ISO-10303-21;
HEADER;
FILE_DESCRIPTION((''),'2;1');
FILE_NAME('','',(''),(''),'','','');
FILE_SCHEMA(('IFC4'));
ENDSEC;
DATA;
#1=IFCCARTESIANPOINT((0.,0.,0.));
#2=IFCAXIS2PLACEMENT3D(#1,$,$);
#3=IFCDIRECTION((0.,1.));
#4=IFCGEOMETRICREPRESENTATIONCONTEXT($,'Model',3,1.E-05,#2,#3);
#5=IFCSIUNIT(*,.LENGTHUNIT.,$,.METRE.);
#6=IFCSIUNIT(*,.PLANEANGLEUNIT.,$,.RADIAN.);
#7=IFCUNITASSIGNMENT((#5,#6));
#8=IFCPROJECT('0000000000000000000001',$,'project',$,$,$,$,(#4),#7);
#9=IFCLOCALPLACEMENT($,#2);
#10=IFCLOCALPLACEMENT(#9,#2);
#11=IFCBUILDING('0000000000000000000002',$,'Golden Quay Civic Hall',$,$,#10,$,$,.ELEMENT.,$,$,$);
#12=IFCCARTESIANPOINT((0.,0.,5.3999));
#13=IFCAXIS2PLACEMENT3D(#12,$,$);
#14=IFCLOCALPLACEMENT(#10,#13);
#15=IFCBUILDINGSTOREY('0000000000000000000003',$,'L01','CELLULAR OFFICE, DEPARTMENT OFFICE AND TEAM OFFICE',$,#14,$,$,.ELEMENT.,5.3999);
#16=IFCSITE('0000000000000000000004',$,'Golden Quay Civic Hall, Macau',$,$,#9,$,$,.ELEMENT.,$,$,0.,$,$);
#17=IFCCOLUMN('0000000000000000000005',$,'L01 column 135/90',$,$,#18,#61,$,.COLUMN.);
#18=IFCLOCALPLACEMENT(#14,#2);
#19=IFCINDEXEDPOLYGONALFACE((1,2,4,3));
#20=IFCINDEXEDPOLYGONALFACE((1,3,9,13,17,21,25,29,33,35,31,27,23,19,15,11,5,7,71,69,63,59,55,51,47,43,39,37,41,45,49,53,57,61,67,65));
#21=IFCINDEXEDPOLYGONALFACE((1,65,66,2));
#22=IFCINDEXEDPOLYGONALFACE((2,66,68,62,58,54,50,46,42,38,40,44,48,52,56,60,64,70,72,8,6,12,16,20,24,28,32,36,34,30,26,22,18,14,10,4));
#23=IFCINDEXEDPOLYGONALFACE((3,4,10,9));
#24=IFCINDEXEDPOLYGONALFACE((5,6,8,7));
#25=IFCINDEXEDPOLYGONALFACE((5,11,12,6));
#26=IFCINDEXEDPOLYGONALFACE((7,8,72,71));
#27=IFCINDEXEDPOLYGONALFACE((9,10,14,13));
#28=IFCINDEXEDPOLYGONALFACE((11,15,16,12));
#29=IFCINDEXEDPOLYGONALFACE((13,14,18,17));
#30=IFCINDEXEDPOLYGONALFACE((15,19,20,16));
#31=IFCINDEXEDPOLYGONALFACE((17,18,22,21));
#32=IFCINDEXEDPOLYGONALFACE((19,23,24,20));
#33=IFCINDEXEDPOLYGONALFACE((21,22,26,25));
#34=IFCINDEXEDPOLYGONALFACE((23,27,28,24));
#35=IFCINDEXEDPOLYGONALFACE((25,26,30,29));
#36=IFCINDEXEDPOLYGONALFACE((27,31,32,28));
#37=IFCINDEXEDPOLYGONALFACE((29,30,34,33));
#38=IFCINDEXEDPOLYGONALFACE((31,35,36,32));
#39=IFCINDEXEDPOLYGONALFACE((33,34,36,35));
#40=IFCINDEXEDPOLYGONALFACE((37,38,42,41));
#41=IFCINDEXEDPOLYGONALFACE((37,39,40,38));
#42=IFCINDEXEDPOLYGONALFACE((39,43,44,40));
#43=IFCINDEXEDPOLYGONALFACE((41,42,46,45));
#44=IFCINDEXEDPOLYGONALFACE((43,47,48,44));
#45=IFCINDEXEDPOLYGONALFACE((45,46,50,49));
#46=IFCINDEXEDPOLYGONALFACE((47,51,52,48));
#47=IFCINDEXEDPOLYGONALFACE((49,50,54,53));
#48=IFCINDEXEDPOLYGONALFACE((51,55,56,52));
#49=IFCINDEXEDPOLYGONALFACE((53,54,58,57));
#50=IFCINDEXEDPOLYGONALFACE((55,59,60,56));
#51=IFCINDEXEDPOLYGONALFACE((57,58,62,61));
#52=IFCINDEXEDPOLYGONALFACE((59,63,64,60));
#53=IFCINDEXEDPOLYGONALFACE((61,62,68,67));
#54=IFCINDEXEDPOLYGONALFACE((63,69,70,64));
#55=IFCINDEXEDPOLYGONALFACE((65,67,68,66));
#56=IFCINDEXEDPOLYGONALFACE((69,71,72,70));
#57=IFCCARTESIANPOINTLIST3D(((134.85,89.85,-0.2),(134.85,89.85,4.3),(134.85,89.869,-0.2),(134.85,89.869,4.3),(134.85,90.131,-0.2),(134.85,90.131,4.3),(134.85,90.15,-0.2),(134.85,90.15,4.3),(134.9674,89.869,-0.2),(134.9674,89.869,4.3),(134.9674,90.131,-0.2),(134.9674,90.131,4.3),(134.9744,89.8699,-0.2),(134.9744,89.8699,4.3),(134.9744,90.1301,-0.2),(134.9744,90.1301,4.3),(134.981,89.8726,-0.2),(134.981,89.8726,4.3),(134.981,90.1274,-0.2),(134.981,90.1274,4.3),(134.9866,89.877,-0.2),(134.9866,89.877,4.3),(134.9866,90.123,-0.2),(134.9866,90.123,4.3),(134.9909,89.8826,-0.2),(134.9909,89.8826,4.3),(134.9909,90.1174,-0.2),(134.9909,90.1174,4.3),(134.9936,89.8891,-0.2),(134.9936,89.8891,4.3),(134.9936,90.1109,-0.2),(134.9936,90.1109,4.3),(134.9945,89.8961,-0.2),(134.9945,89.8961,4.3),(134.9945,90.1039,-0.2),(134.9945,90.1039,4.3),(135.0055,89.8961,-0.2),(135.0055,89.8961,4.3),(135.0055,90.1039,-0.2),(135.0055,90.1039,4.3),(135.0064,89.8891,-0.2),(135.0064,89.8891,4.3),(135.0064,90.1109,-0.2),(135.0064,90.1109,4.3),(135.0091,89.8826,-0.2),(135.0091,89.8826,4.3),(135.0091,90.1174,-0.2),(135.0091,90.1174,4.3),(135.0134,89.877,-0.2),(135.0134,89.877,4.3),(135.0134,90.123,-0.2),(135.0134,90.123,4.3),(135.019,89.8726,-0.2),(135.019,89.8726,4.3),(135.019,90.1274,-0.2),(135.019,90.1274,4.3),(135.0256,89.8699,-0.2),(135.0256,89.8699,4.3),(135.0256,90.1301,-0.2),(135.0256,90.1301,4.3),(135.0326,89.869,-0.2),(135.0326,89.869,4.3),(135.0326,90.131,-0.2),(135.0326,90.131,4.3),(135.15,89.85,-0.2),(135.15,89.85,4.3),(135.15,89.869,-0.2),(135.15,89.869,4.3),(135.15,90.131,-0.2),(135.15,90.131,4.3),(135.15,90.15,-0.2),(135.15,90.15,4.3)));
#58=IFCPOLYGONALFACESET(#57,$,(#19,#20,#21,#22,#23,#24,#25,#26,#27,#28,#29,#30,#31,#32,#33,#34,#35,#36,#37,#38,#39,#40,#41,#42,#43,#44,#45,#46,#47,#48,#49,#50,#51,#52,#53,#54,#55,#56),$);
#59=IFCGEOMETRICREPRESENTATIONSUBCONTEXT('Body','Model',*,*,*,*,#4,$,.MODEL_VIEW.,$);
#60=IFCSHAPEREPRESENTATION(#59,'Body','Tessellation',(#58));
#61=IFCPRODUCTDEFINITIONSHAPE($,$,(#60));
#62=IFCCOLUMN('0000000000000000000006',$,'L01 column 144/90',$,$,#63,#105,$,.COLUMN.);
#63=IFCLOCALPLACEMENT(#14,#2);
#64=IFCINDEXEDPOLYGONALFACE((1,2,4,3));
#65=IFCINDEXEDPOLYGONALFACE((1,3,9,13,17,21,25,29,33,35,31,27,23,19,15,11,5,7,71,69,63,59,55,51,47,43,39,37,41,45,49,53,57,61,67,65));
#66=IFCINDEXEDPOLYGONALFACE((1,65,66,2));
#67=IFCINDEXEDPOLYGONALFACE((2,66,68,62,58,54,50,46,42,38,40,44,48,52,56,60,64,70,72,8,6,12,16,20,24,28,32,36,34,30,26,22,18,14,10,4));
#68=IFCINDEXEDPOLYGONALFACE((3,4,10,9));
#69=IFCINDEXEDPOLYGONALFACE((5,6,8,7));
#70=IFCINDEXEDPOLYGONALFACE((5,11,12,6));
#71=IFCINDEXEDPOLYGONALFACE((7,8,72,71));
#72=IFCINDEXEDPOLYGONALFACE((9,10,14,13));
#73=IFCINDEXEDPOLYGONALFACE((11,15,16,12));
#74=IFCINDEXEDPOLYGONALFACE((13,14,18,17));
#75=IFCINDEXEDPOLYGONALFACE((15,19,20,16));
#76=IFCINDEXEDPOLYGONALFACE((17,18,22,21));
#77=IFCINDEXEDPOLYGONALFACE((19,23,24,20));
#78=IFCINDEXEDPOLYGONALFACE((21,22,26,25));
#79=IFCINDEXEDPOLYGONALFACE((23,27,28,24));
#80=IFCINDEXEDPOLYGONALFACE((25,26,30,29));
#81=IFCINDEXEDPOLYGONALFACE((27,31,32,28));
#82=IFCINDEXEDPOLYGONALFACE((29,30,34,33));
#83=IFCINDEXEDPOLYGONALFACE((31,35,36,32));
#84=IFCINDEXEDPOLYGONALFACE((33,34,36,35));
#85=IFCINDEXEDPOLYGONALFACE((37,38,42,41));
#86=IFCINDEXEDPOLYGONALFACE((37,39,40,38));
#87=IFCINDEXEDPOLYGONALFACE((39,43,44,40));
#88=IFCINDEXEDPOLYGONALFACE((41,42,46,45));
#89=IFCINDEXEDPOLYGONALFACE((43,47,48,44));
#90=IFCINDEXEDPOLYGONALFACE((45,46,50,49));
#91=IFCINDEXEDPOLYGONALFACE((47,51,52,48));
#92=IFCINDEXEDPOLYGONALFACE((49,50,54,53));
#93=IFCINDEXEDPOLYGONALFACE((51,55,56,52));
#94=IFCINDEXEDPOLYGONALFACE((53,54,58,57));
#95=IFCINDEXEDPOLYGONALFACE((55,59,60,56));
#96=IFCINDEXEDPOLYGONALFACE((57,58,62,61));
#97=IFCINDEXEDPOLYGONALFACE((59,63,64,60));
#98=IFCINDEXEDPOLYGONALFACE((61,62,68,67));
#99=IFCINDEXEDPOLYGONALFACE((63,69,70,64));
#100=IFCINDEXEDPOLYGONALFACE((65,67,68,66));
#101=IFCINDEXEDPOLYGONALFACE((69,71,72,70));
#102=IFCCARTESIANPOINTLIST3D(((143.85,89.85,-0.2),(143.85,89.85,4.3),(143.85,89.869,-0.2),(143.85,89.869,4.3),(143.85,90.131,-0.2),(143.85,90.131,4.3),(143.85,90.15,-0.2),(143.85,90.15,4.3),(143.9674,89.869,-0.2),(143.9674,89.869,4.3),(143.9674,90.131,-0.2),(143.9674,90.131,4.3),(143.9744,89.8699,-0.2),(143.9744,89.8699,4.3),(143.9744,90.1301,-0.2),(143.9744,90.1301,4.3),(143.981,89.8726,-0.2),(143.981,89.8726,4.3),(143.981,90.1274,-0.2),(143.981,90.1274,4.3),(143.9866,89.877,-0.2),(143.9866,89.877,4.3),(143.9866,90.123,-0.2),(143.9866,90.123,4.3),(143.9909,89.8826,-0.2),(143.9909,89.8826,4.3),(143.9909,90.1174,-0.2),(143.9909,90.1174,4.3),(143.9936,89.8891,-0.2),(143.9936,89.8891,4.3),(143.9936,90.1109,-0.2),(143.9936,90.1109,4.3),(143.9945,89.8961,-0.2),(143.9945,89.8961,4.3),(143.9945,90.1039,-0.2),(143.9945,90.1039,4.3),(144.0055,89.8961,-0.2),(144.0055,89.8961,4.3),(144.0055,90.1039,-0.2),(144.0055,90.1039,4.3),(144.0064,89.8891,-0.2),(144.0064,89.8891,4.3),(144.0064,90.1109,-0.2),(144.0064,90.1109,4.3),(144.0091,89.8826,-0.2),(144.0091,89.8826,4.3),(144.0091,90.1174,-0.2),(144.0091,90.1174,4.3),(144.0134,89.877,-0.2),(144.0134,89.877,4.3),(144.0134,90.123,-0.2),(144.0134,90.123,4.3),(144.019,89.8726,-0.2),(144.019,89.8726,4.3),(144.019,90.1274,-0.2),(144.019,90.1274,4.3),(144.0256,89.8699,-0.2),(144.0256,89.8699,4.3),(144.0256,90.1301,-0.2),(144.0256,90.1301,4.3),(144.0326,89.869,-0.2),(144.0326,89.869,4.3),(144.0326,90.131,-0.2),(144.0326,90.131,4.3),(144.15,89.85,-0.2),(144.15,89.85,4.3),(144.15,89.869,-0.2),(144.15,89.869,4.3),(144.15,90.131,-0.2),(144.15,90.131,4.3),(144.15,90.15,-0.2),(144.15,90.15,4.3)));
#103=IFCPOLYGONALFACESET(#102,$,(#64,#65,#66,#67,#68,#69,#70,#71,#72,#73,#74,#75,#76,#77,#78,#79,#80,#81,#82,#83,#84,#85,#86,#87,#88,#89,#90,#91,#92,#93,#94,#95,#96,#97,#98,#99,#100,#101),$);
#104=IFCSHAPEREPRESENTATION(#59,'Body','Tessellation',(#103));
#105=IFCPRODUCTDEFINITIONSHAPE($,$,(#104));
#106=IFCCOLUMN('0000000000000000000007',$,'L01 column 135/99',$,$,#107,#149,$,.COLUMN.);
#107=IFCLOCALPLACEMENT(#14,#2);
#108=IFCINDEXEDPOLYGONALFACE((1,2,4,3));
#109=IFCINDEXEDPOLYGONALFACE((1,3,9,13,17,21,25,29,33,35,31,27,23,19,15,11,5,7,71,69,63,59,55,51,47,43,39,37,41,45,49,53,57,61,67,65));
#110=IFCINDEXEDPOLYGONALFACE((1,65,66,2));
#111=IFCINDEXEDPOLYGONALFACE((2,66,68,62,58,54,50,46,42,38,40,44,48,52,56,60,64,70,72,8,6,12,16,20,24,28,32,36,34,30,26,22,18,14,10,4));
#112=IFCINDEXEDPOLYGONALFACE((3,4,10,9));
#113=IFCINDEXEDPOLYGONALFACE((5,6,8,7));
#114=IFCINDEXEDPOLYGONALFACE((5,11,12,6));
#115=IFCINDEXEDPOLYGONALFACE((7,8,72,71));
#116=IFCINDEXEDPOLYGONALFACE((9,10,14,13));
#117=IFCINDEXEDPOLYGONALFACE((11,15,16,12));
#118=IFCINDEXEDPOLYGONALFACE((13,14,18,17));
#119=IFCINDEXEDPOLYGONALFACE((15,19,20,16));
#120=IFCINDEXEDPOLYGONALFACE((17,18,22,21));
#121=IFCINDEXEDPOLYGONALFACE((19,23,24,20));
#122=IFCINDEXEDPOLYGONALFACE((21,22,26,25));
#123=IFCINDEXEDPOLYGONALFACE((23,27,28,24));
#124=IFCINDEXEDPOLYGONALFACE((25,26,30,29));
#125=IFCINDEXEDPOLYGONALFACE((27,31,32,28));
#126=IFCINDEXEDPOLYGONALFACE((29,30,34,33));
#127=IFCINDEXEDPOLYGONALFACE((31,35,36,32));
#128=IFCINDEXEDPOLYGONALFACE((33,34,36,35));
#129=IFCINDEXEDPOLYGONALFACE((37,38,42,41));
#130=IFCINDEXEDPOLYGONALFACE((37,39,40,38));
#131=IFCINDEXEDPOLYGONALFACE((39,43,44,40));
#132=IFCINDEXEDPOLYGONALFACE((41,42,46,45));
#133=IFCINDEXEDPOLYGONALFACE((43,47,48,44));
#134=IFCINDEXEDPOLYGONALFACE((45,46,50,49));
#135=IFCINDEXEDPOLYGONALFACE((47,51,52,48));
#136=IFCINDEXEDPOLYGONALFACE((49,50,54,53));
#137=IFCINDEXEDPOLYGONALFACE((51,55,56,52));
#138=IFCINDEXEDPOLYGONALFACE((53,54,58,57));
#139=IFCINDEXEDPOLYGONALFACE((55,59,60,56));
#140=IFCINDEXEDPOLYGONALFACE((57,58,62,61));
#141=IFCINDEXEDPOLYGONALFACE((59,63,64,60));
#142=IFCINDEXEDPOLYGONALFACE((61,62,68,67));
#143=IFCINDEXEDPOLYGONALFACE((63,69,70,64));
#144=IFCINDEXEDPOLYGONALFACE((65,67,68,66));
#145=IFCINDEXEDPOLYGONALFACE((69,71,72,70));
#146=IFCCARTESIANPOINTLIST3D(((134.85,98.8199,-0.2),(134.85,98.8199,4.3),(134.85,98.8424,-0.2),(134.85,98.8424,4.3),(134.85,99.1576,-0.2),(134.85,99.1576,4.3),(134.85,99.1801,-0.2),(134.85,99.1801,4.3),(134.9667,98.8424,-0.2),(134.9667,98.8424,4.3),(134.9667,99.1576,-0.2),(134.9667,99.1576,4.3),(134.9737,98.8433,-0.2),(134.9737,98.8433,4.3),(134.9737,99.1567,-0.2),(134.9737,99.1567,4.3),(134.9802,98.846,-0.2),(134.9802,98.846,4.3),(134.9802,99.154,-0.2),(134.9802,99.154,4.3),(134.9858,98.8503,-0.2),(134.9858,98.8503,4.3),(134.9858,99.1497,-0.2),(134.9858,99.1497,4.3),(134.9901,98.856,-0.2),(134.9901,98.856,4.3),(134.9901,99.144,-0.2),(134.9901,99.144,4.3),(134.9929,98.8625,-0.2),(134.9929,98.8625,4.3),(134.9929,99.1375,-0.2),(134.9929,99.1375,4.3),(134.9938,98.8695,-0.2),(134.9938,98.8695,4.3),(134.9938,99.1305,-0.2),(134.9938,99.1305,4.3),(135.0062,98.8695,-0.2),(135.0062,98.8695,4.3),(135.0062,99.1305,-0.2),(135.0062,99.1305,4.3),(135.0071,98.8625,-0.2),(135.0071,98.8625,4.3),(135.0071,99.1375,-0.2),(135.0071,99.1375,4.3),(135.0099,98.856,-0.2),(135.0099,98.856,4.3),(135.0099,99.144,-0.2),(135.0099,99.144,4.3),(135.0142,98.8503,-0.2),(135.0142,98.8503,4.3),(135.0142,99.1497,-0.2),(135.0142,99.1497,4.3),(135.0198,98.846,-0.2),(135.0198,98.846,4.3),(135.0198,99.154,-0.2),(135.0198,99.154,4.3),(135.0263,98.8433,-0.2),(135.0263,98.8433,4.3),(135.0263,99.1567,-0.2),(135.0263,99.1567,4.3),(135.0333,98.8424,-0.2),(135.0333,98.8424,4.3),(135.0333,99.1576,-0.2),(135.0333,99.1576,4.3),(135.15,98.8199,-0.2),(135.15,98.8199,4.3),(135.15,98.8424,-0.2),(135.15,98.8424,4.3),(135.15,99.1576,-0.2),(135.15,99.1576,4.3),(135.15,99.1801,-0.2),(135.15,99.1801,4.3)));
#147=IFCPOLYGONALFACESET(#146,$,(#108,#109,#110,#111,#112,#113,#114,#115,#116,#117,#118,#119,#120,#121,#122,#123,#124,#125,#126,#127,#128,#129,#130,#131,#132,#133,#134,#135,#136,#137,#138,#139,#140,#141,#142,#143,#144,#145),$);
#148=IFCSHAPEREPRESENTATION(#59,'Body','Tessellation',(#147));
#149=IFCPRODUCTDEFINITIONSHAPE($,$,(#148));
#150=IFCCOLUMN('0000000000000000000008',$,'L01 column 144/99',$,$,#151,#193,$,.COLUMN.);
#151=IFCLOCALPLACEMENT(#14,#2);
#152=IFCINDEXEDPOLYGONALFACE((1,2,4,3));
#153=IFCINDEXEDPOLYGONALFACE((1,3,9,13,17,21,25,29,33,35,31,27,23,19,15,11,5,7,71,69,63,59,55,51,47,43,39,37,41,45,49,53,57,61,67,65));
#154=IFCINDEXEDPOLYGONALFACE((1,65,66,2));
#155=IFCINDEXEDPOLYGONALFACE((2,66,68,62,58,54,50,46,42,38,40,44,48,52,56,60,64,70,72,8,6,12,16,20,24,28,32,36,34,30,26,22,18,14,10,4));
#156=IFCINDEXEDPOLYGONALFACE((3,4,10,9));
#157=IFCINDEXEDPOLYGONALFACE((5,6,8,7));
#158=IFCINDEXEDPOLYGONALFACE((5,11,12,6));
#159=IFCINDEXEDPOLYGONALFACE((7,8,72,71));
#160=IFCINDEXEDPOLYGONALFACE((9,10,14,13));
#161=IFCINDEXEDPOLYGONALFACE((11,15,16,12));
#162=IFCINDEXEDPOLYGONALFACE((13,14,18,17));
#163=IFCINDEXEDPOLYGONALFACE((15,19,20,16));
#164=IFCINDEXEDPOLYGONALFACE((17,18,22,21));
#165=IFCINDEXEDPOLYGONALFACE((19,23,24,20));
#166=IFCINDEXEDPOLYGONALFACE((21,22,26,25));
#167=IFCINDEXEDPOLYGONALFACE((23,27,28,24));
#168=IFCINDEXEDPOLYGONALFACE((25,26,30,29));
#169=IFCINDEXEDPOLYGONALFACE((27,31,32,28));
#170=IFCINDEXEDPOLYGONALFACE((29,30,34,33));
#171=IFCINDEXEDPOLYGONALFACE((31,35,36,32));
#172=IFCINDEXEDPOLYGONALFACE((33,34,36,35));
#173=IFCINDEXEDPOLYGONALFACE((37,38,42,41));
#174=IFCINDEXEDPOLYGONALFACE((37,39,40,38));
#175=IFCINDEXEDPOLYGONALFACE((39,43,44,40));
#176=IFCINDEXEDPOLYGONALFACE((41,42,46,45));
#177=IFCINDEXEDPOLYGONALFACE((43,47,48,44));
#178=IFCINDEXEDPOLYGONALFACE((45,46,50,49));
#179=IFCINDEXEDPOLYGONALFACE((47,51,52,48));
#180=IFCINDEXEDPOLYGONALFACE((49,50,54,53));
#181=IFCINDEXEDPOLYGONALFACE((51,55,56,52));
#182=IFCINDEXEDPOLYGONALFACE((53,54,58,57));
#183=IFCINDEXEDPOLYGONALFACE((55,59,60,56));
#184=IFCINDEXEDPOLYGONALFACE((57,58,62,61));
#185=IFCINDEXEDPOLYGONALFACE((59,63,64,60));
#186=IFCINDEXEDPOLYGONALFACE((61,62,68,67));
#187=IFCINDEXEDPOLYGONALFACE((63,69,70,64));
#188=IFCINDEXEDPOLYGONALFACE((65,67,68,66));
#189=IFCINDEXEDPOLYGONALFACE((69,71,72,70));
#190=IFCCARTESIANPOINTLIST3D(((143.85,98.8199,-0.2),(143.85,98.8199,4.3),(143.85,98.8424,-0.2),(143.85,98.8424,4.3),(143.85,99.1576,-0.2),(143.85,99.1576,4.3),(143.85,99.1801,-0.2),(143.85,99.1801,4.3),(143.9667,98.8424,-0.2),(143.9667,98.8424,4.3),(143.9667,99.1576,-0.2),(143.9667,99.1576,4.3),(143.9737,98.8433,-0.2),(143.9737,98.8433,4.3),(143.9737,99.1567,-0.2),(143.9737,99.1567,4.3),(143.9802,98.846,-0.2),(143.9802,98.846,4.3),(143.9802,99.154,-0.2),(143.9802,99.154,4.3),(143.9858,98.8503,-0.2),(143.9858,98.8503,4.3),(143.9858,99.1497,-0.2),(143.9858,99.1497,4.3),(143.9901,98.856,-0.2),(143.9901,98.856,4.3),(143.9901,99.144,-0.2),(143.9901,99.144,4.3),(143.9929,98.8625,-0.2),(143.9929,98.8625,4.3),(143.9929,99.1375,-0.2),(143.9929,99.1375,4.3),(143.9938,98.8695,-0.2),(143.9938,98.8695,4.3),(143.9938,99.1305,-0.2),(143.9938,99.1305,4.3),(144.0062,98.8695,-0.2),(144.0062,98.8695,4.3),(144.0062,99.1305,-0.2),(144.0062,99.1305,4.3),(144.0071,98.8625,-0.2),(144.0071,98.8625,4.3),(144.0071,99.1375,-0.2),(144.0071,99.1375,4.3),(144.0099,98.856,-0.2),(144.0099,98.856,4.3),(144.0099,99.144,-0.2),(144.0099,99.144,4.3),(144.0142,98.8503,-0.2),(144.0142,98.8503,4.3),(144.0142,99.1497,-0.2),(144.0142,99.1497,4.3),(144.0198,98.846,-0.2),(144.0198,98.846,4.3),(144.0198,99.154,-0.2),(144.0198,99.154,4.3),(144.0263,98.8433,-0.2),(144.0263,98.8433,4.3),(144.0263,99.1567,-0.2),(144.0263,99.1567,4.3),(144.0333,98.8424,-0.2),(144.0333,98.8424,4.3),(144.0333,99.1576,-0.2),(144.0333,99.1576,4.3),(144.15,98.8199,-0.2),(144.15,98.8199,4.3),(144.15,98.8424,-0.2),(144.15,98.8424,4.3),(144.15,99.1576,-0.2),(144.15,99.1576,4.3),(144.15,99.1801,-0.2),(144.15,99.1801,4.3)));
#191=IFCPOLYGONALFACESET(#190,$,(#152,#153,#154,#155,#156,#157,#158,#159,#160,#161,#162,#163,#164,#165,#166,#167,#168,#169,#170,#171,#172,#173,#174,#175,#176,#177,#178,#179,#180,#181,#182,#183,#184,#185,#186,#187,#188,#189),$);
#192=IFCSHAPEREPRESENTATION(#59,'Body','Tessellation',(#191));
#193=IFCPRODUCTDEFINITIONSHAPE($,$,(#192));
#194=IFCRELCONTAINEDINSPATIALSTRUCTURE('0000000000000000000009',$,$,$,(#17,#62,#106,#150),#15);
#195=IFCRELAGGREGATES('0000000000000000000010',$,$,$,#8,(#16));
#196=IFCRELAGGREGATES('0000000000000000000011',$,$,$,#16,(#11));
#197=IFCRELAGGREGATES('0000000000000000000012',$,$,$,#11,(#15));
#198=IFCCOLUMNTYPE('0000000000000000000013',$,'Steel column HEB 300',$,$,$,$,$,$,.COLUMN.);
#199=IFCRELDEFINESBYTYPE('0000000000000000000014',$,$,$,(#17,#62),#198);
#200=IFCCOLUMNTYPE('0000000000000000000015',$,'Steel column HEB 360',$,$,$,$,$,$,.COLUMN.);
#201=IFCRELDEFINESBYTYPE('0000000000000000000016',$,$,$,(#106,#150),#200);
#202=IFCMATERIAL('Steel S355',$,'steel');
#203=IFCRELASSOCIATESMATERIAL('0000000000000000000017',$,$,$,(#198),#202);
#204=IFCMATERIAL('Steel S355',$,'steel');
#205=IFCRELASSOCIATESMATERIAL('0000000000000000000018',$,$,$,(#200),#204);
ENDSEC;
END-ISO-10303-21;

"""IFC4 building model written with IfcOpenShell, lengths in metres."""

from ifc_helpers import new_model, si_unit, direction, frame, origin, origin_2d, place, context, subcontext, project, spatial, i_section, extrude, material, material_profile, profile_set, type_object, element, save


model = new_model("IFC4")

# Units and contexts
model_context = context("Model", 3, precision=1e-05, world=origin(), true_north=direction((0.0, 1.0)))
body_context = subcontext(model_context, "Body", "Model", "MODEL_VIEW")
ifc_project = project(units=[si_unit("LENGTHUNIT", "METRE"), si_unit("PLANEANGLEUNIT", "RADIAN")], contexts=[model_context])

# Site, building, storey
site_placement = place(None, origin())
site = spatial("IfcSite", under=ifc_project, at=site_placement, Name="Golden Quay Civic Hall, Macau", CompositionType="ELEMENT", RefElevation=0.0)
building_placement = place(site_placement, origin())
building = spatial("IfcBuilding", under=site, at=building_placement, Name="Golden Quay Civic Hall", CompositionType="ELEMENT")
storey_placement = place(building_placement, frame((0.0, 0.0, 5.3999)))
storey = spatial("IfcBuildingStorey", under=building, at=storey_placement, Name="L01", Description="CELLULAR OFFICE, DEPARTMENT OFFICE AND TEAM OFFICE", CompositionType="ELEMENT", Elevation=5.3999)

# Columns
ifc_material_1 = material(Name="Steel S355", Category="steel")
ifc_material_profile_1 = material_profile(ifc_material_1, i_section(OverallWidth=0.3, OverallDepth=0.3, WebThickness=0.011, FlangeThickness=0.019, FilletRadius=0.0271, at=origin_2d()), Name="HEB 300")
ifc_profile_set_1 = profile_set([ifc_material_profile_1], Name="Steel S355")
column_type_1 = type_object("IfcColumnType", Name="Steel column HEB 300", PredefinedType="COLUMN", material=ifc_profile_set_1)
for number, where, z_axis, x_axis, name in (
    (1, (135.0, 90.0, -0.2), (0.0, 0.0, 1.0), (1.0, 0.0, 0.0), "L01 column 135/90"),
    (2, (144.0, 90.0, -0.2), (0.0, 0.0, 1.0), (1.0, 0.0, 0.0), "L01 column 144/90"),
):
    element("IfcColumn", number, at=place(storey_placement, frame(where, z_axis=z_axis, x_axis=x_axis)), inside=storey, type_object=column_type_1, Name=name, PredefinedType="COLUMN", context=body_context, shape_type="SweptSolid", body=[
        extrude(i_section(OverallWidth=0.3, OverallDepth=0.3, WebThickness=0.011, FlangeThickness=0.019, FilletRadius=0.0271, at=origin_2d()), origin(), (0.0, 0.0, 1.0), 4.5),
    ])
ifc_material_2 = material(Name="Steel S355", Category="steel")
ifc_material_profile_2 = material_profile(ifc_material_2, i_section(OverallWidth=0.3, OverallDepth=0.3601, WebThickness=0.0125, FlangeThickness=0.0225, FilletRadius=0.0271, at=origin_2d()), Name="HEB 360")
ifc_profile_set_2 = profile_set([ifc_material_profile_2], Name="Steel S355")
column_type_2 = type_object("IfcColumnType", Name="Steel column HEB 360", PredefinedType="COLUMN", material=ifc_profile_set_2)
for number, where, z_axis, x_axis, name in (
    (3, (135.0, 99.0, -0.2), (0.0, 0.0, 1.0), (1.0, 0.0, 0.0), "L01 column 135/99"),
    (4, (144.0, 99.0, -0.2), (0.0, 0.0, 1.0), (1.0, 0.0, 0.0), "L01 column 144/99"),
):
    element("IfcColumn", number, at=place(storey_placement, frame(where, z_axis=z_axis, x_axis=x_axis)), inside=storey, type_object=column_type_2, Name=name, PredefinedType="COLUMN", context=body_context, shape_type="SweptSolid", body=[
        extrude(i_section(OverallWidth=0.3, OverallDepth=0.3601, WebThickness=0.0125, FlangeThickness=0.0225, FilletRadius=0.0271, at=origin_2d()), origin(), (0.0, 0.0, 1.0), 4.5),
    ])

save(model, "model.ifc")
